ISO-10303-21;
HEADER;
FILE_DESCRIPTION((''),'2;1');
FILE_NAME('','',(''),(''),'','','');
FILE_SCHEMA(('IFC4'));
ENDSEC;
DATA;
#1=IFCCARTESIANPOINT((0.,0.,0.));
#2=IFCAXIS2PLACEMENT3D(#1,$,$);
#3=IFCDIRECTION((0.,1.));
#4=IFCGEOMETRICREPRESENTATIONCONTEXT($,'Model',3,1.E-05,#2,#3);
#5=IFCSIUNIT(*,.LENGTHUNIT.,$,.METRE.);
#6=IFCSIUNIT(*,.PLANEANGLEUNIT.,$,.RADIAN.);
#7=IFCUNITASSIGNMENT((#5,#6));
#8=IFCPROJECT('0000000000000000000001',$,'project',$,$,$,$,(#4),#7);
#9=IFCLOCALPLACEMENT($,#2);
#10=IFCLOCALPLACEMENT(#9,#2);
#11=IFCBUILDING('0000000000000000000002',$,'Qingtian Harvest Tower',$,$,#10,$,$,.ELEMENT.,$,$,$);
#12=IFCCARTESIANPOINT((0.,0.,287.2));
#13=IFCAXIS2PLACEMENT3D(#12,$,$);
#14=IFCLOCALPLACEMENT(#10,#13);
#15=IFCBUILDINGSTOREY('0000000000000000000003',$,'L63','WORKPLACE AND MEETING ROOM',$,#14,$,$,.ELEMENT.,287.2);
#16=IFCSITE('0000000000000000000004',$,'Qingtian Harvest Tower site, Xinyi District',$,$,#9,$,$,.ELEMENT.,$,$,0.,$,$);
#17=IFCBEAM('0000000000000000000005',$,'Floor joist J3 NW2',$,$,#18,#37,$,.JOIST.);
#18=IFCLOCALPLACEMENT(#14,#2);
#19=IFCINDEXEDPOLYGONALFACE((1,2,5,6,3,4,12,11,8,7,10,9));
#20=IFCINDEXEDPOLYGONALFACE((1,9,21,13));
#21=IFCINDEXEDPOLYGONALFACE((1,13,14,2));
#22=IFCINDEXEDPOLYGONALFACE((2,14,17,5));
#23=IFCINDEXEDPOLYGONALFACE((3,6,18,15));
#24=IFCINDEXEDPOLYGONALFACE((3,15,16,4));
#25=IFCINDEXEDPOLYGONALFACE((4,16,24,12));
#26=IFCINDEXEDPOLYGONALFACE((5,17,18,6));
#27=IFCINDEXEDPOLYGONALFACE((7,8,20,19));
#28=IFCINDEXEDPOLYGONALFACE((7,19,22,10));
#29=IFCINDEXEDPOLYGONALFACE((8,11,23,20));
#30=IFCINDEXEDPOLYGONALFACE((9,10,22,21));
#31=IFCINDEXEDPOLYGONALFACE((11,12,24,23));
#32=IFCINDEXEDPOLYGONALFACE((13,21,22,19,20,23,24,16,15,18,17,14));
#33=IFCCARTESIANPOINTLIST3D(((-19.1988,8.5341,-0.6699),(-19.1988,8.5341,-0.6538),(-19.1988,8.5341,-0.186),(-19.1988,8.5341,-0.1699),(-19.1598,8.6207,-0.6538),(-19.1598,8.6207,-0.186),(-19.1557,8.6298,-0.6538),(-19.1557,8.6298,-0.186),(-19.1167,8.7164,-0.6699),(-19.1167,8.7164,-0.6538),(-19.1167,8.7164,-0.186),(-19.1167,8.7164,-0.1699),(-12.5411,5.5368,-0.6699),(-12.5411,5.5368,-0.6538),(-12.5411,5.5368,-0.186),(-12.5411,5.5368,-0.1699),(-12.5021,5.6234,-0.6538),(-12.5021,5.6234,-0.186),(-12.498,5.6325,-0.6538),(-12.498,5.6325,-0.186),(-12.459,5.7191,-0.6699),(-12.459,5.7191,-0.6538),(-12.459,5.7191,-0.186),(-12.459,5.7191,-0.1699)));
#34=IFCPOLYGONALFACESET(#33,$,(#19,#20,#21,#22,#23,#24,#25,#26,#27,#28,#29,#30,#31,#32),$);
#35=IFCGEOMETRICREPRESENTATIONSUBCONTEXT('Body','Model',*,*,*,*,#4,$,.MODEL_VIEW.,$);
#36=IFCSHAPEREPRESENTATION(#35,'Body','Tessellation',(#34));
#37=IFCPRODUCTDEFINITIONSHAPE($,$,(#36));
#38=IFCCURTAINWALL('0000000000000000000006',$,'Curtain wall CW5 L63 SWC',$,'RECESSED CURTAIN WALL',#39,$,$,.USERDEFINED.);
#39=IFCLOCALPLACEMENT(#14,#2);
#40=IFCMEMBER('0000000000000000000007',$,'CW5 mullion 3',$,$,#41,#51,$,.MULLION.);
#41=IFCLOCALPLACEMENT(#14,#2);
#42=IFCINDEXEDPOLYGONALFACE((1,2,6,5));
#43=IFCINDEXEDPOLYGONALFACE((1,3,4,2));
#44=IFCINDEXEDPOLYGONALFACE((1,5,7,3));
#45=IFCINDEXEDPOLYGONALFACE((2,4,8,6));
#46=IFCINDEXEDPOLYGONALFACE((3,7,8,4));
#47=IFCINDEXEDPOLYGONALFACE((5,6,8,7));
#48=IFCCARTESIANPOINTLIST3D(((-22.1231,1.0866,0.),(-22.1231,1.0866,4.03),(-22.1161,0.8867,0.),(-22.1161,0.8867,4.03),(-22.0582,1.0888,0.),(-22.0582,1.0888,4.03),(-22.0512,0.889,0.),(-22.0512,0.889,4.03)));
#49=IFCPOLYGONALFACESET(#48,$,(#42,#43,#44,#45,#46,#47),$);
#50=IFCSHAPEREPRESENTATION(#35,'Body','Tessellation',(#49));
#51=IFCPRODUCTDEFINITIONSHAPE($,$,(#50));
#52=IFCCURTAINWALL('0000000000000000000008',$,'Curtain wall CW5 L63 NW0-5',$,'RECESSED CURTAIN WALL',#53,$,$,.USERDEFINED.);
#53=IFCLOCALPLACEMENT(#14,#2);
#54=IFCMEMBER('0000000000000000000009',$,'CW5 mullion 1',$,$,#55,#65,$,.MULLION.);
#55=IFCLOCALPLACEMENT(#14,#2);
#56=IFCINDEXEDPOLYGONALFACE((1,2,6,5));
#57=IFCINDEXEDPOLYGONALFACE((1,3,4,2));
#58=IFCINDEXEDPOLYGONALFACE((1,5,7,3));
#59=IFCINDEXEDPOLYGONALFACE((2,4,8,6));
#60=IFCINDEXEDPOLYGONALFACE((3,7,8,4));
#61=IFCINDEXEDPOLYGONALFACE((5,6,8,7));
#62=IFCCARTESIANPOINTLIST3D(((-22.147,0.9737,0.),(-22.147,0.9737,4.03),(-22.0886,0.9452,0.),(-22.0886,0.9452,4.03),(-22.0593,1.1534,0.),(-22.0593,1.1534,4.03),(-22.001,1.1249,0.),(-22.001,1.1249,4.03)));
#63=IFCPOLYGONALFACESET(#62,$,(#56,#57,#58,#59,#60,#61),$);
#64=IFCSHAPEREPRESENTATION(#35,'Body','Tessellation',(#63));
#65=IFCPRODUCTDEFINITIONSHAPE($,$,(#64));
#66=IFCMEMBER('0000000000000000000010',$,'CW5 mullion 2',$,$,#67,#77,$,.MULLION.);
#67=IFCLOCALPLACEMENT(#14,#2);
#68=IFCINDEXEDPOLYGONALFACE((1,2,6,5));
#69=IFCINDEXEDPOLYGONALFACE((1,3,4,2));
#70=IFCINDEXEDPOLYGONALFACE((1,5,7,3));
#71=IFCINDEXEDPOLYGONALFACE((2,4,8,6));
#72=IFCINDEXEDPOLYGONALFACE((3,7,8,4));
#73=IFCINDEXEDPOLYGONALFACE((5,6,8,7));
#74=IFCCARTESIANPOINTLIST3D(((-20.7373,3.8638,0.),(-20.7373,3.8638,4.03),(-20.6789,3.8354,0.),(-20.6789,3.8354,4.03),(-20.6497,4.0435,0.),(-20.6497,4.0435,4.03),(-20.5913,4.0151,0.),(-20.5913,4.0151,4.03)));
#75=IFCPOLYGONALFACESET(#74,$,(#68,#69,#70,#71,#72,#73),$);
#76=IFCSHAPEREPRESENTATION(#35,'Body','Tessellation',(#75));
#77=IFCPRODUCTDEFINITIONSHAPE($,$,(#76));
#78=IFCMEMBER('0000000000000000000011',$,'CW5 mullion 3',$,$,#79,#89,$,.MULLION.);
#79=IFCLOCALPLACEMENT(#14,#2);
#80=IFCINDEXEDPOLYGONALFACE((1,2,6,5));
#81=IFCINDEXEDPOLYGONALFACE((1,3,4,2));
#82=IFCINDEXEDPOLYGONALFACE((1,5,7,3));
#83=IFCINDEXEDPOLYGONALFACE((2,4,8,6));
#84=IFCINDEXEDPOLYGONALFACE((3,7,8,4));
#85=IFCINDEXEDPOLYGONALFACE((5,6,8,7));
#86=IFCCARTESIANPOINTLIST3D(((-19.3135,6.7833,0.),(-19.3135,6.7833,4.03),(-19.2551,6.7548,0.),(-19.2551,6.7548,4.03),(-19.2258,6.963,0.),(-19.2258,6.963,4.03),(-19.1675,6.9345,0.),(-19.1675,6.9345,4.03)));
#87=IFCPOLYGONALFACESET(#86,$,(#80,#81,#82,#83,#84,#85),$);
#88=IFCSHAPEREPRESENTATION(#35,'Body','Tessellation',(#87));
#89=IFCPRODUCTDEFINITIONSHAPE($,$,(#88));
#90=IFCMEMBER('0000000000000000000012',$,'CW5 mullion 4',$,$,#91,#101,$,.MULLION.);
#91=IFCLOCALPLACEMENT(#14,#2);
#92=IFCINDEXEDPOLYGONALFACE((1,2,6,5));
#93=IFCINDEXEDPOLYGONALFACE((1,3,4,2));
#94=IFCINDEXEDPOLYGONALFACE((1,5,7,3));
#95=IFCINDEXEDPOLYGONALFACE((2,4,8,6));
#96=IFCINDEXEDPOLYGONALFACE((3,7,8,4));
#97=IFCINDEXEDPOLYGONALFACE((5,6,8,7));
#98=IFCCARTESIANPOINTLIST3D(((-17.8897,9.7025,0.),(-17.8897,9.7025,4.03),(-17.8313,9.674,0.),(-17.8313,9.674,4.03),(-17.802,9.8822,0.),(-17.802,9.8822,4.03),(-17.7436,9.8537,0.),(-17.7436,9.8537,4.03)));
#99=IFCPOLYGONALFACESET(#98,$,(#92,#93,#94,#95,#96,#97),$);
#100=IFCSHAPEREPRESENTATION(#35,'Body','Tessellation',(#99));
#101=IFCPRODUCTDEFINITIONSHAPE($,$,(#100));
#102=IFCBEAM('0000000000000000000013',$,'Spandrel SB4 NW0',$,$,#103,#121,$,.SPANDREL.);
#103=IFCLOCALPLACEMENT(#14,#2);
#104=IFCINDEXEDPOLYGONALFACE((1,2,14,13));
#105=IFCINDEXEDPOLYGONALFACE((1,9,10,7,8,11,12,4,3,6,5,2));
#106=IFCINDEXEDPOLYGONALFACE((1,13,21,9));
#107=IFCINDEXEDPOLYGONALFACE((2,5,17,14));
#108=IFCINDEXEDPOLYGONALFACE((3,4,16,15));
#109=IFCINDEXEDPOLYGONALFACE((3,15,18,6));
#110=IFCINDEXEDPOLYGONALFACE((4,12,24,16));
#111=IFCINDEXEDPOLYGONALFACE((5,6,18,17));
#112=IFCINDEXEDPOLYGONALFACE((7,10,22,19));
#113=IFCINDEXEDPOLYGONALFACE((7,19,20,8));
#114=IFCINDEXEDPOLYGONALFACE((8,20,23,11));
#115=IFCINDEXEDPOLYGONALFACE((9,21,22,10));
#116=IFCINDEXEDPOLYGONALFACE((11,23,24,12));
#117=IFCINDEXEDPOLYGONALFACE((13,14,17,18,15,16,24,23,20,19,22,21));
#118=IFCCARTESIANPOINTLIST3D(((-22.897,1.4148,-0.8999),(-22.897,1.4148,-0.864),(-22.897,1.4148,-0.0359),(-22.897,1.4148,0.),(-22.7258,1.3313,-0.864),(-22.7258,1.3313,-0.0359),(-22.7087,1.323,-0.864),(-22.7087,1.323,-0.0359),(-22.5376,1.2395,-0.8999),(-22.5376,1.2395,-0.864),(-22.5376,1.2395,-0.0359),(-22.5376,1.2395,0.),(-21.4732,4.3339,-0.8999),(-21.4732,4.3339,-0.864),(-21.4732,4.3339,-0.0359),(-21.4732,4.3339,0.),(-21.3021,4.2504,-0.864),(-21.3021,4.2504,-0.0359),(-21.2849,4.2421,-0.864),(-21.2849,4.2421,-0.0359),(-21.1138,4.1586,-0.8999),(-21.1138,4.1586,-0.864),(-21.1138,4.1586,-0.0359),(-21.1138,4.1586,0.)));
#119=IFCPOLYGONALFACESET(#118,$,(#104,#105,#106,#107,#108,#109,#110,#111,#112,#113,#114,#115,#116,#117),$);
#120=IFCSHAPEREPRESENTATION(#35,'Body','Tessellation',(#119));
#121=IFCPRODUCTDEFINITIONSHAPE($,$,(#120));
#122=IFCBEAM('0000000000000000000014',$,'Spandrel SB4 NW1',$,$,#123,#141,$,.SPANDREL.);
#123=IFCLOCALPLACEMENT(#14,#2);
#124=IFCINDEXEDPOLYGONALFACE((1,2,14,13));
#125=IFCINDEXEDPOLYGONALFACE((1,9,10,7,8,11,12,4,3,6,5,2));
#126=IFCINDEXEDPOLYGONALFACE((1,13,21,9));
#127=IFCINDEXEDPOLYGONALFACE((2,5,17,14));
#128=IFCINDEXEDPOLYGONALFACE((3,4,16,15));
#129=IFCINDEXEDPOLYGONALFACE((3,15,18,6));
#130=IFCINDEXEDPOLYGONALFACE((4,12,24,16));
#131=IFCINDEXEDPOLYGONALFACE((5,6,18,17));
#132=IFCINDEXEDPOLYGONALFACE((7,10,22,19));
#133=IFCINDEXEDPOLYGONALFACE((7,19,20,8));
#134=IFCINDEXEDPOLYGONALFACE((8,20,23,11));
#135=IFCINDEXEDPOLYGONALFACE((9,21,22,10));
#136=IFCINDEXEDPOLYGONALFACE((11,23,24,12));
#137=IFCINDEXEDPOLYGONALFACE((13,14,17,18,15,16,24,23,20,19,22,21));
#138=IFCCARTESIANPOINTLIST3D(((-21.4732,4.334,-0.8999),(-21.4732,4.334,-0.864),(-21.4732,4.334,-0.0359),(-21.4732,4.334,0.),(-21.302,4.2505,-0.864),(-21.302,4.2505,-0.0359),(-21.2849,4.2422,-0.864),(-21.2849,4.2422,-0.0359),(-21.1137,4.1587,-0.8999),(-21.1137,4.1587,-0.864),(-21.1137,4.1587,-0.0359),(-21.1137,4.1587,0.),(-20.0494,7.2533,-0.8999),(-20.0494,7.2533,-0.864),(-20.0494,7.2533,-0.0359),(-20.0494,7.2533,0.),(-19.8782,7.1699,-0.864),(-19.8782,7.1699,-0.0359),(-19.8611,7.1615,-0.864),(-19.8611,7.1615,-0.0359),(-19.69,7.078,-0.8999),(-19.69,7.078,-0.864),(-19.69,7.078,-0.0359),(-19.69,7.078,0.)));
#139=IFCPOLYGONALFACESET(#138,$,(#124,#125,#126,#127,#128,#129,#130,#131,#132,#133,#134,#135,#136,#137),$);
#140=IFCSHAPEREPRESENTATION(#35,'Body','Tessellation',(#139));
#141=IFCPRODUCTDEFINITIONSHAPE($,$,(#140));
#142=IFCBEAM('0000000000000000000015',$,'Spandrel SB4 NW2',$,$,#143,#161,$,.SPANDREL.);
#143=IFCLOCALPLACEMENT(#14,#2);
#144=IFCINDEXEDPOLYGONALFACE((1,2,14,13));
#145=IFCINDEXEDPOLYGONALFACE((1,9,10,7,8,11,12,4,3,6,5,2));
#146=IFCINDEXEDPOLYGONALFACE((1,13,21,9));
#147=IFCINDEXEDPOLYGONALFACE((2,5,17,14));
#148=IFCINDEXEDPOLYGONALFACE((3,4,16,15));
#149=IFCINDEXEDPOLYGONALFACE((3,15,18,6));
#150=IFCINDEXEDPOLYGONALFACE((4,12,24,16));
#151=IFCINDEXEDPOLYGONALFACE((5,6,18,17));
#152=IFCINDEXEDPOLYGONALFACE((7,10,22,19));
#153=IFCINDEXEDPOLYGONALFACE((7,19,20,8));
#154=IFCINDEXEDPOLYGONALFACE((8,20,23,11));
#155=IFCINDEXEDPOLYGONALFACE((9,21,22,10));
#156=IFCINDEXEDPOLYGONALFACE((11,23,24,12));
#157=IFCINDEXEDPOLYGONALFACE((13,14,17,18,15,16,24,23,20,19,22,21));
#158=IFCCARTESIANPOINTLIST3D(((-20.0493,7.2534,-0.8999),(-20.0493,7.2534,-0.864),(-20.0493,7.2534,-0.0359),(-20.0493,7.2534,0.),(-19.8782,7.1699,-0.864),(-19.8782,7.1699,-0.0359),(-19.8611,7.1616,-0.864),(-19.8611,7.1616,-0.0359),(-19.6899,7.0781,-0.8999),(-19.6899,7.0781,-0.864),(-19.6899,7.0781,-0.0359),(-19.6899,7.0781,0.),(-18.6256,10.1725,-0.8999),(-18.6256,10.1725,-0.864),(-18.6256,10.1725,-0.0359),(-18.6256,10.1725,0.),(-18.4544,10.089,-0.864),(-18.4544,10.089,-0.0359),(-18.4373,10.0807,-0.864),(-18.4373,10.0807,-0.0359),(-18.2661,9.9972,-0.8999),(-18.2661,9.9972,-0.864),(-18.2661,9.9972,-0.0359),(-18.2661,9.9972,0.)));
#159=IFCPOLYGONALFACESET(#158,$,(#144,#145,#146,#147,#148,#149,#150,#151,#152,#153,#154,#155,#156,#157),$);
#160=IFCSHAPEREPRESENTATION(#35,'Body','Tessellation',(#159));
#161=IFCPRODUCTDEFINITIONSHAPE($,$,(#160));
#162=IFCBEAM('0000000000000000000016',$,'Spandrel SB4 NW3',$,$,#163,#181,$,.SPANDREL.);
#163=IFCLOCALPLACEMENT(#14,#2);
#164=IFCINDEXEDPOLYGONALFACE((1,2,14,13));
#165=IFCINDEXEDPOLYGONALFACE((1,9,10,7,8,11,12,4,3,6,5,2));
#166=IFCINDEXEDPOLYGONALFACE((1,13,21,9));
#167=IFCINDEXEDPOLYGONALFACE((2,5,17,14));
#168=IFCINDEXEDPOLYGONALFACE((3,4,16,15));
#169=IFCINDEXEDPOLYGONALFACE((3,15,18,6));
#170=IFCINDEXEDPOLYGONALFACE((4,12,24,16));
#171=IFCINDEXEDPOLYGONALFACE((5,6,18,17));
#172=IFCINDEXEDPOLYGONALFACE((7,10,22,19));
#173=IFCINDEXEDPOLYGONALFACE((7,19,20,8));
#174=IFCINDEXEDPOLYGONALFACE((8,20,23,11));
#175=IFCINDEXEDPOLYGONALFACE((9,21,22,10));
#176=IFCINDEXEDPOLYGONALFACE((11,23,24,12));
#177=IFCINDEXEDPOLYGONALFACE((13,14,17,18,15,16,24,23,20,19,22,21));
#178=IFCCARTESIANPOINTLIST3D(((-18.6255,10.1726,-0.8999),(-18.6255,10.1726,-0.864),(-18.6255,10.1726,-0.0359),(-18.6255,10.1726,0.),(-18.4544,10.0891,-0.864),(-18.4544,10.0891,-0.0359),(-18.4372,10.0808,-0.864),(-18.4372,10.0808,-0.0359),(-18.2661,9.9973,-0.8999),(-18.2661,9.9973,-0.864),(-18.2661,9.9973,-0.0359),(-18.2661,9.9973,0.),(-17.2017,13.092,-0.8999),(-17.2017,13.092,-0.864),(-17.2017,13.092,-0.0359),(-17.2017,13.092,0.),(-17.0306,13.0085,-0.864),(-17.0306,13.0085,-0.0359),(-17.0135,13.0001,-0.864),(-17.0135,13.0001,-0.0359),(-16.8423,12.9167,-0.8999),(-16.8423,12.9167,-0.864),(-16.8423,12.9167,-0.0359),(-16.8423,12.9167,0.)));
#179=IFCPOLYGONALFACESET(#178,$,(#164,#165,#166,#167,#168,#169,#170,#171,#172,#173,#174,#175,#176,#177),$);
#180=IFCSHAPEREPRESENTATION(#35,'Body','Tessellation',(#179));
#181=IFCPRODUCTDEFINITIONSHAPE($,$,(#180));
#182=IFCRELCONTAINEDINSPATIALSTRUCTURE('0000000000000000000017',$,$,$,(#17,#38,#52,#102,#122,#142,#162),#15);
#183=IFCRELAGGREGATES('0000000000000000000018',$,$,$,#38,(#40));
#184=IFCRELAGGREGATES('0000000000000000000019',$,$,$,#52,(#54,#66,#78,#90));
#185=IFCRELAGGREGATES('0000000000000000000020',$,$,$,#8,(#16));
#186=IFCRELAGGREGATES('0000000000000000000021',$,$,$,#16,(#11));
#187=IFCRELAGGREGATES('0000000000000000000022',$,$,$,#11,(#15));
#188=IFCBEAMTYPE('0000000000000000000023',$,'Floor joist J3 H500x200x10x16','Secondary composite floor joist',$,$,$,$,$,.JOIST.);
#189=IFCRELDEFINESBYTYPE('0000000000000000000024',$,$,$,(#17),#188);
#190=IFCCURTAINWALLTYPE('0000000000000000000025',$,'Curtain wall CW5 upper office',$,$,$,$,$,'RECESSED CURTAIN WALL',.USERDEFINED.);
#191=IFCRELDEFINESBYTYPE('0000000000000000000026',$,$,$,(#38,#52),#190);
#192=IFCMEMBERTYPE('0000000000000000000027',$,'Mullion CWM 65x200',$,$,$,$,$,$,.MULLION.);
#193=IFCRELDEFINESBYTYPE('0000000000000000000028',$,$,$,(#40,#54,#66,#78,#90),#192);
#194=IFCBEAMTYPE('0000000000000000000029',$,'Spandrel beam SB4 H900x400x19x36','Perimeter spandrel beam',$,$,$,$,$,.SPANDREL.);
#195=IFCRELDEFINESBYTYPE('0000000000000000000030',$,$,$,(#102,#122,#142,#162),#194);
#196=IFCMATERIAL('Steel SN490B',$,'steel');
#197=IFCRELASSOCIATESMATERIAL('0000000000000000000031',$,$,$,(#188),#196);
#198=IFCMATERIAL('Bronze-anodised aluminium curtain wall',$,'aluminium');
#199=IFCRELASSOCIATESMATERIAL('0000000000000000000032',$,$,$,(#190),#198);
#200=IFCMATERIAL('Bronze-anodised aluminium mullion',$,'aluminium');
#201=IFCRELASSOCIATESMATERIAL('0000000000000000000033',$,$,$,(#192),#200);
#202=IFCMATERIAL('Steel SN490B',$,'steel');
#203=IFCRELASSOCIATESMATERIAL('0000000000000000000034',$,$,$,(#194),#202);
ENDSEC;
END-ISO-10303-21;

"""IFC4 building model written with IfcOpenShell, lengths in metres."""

from ifc_helpers import new_model, si_unit, direction, frame, origin, origin_2d, place, context, subcontext, project, spatial, rectangle, i_section, extrude, material, material_profile, profile_set, type_object, element, aggregate, save


model = new_model("IFC4")

# Units and contexts
model_context = context("Model", 3, precision=1e-05, world=origin(), true_north=direction((0.0, 1.0)))
body_context = subcontext(model_context, "Body", "Model", "MODEL_VIEW")
ifc_project = project(units=[si_unit("LENGTHUNIT", "METRE"), si_unit("PLANEANGLEUNIT", "RADIAN")], contexts=[model_context])

# Site, building, storey
site_placement = place(None, origin())
site = spatial("IfcSite", under=ifc_project, at=site_placement, Name="Qingtian Harvest Tower site, Xinyi District", CompositionType="ELEMENT", RefElevation=0.0)
building_placement = place(site_placement, origin())
building = spatial("IfcBuilding", under=site, at=building_placement, Name="Qingtian Harvest Tower", CompositionType="ELEMENT")
storey_placement = place(building_placement, frame((0.0, 0.0, 287.2)))
storey = spatial("IfcBuildingStorey", under=building, at=storey_placement, Name="L63", Description="WORKPLACE AND MEETING ROOM", CompositionType="ELEMENT", Elevation=287.2)

# Beam
ifc_material_1 = material(Name="Steel SN490B", Category="steel")
ifc_material_profile_1 = material_profile(ifc_material_1, i_section(OverallWidth=0.2, OverallDepth=0.5, WebThickness=0.01, FlangeThickness=0.0161, at=origin_2d()), Name="H500x200x10x16")
ifc_profile_set_1 = profile_set([ifc_material_profile_1], Name="Steel SN490B")
beam_type_1 = type_object("IfcBeamType", Name="Floor joist J3 H500x200x10x16", Description="Secondary composite floor joist", PredefinedType="JOIST", material=ifc_profile_set_1)
beam_1_placement = place(storey_placement, frame((-19.1577, 8.6252, -0.4199), z_axis=(0.911853, -0.410518, 0.0), x_axis=(0.410518, 0.911853, 0.0)))
element("IfcBeam", 1, at=beam_1_placement, inside=storey, type_object=beam_type_1, Name="Floor joist J3 NW2", PredefinedType="JOIST", context=body_context, shape_type="SweptSolid", body=[
    extrude(i_section(OverallWidth=0.2, OverallDepth=0.5, WebThickness=0.01, FlangeThickness=0.0161, at=origin_2d()), origin(), (0.0, 0.0, 1.0), 7.3013),
])

# Curtain wall, member
ifc_material_2 = material(Name="Bronze-anodised aluminium curtain wall", Category="aluminium")
curtain_wall_type = type_object("IfcCurtainWallType", Name="Curtain wall CW5 upper office", ElementType="RECESSED CURTAIN WALL", PredefinedType="USERDEFINED", material=ifc_material_2)
curtain_wall_1_placement = place(storey_placement, origin())
curtain_wall_1 = element("IfcCurtainWall", 2, at=curtain_wall_1_placement, inside=storey, type_object=curtain_wall_type, Name="Curtain wall CW5 L63 SWC", ObjectType="RECESSED CURTAIN WALL", PredefinedType="USERDEFINED")
ifc_material_3 = material(Name="Bronze-anodised aluminium mullion", Category="aluminium")
ifc_material_profile_2 = material_profile(ifc_material_3, rectangle(XDim=0.0649, YDim=0.2, at=origin_2d()), Name="AL 65x200")
ifc_profile_set_2 = profile_set([ifc_material_profile_2], Name="Bronze-anodised aluminium mullion")
member_type_1 = type_object("IfcMemberType", Name="Mullion CWM 65x200", PredefinedType="MULLION", material=ifc_profile_set_2)
member_1_placement = place(storey_placement, frame((-22.0872, 0.9878, 0.0), z_axis=(0.0, 0.0, 1.0), x_axis=(-0.999391, -0.034899, 0.0)))
member_1 = element("IfcMember", 3, at=member_1_placement, type_object=member_type_1, Name="CW5 mullion 3", PredefinedType="MULLION", context=body_context, shape_type="SweptSolid", body=[
    extrude(rectangle(XDim=0.0649, YDim=0.2, at=origin_2d()), origin(), (0.0, 0.0, 1.0), 4.03),
])

# Curtain wall, members
curtain_wall_2_placement = place(storey_placement, origin())
curtain_wall_2 = element("IfcCurtainWall", 4, at=curtain_wall_2_placement, inside=storey, type_object=curtain_wall_type, Name="Curtain wall CW5 L63 NW0-5", ObjectType="RECESSED CURTAIN WALL", PredefinedType="USERDEFINED")
member_2_placement = place(storey_placement, frame((-22.074, 1.0493, 0.0), z_axis=(0.0, 0.0, 1.0), x_axis=(-0.898794, 0.438371, 0.0)))
member_2 = element("IfcMember", 5, at=member_2_placement, type_object=member_type_1, Name="CW5 mullion 1", PredefinedType="MULLION", context=body_context, shape_type="SweptSolid", body=[
    extrude(rectangle(XDim=0.0649, YDim=0.2, at=origin_2d()), origin(), (0.0, 0.0, 1.0), 4.03),
])
member_3_placement = place(storey_placement, frame((-20.6643, 3.9395, 0.0), z_axis=(0.0, 0.0, 1.0), x_axis=(-0.898794, 0.438371, 0.0)))
member_3 = element("IfcMember", 6, at=member_3_placement, type_object=member_type_1, Name="CW5 mullion 2", PredefinedType="MULLION", context=body_context, shape_type="SweptSolid", body=[
    extrude(rectangle(XDim=0.0649, YDim=0.2, at=origin_2d()), origin(), (0.0, 0.0, 1.0), 4.03),
])
member_4_placement = place(storey_placement, frame((-19.2405, 6.8589, 0.0), z_axis=(0.0, 0.0, 1.0), x_axis=(-0.898794, 0.438371, 0.0)))
member_4 = element("IfcMember", 7, at=member_4_placement, type_object=member_type_1, Name="CW5 mullion 3", PredefinedType="MULLION", context=body_context, shape_type="SweptSolid", body=[
    extrude(rectangle(XDim=0.0649, YDim=0.2, at=origin_2d()), origin(), (0.0, 0.0, 1.0), 4.03),
])
member_5_placement = place(storey_placement, frame((-17.8167, 9.7781, 0.0), z_axis=(0.0, 0.0, 1.0), x_axis=(-0.898794, 0.438371, 0.0)))
member_5 = element("IfcMember", 8, at=member_5_placement, type_object=member_type_1, Name="CW5 mullion 4", PredefinedType="MULLION", context=body_context, shape_type="SweptSolid", body=[
    extrude(rectangle(XDim=0.0649, YDim=0.2, at=origin_2d()), origin(), (0.0, 0.0, 1.0), 4.03),
])

# Beams
ifc_material_4 = material(Name="Steel SN490B", Category="steel")
ifc_material_profile_3 = material_profile(ifc_material_4, i_section(OverallWidth=0.3999, OverallDepth=0.8999, WebThickness=0.019, FlangeThickness=0.0359, at=origin_2d()), Name="H900x400x19x36")
ifc_profile_set_3 = profile_set([ifc_material_profile_3], Name="Steel SN490B")
beam_type_2 = type_object("IfcBeamType", Name="Spandrel beam SB4 H900x400x19x36", Description="Perimeter spandrel beam", PredefinedType="SPANDREL", material=ifc_profile_set_3)
beam_2_placement = place(storey_placement, frame((-22.7173, 1.3271, -0.45), z_axis=(0.438382, 0.898789, 0.0), x_axis=(-0.898789, 0.438382, 0.0)))
element("IfcBeam", 9, at=beam_2_placement, inside=storey, type_object=beam_type_2, Name="Spandrel SB4 NW0", PredefinedType="SPANDREL", context=body_context, shape_type="SweptSolid", body=[
    extrude(i_section(OverallWidth=0.3999, OverallDepth=0.8999, WebThickness=0.019, FlangeThickness=0.0359, at=origin_2d()), origin(), (0.0, 0.0, 1.0), 3.2478),
])
beam_3_placement = place(storey_placement, frame((-21.2935, 4.2463, -0.45), z_axis=(0.438353, 0.898803, 0.0), x_axis=(-0.898803, 0.438353, 0.0)))
element("IfcBeam", 10, at=beam_3_placement, inside=storey, type_object=beam_type_2, Name="Spandrel SB4 NW1", PredefinedType="SPANDREL", context=body_context, shape_type="SweptSolid", body=[
    extrude(i_section(OverallWidth=0.3999, OverallDepth=0.8999, WebThickness=0.019, FlangeThickness=0.0359, at=origin_2d()), origin(), (0.0, 0.0, 1.0), 3.248),
])
beam_4_placement = place(storey_placement, frame((-19.8696, 7.1658, -0.45), z_axis=(0.438382, 0.898789, 0.0), x_axis=(-0.898789, 0.438382, 0.0)))
element("IfcBeam", 11, at=beam_4_placement, inside=storey, type_object=beam_type_2, Name="Spandrel SB4 NW2", PredefinedType="SPANDREL", context=body_context, shape_type="SweptSolid", body=[
    extrude(i_section(OverallWidth=0.3999, OverallDepth=0.8999, WebThickness=0.019, FlangeThickness=0.0359, at=origin_2d()), origin(), (0.0, 0.0, 1.0), 3.2478),
])
beam_5_placement = place(storey_placement, frame((-18.4458, 10.085, -0.45), z_axis=(0.438353, 0.898803, 0.0), x_axis=(-0.898803, 0.438353, 0.0)))
element("IfcBeam", 12, at=beam_5_placement, inside=storey, type_object=beam_type_2, Name="Spandrel SB4 NW3", PredefinedType="SPANDREL", context=body_context, shape_type="SweptSolid", body=[
    extrude(i_section(OverallWidth=0.3999, OverallDepth=0.8999, WebThickness=0.019, FlangeThickness=0.0359, at=origin_2d()), origin(), (0.0, 0.0, 1.0), 3.248),
])

aggregate(curtain_wall_1, [member_1])
aggregate(curtain_wall_2, [member_2, member_3, member_4, member_5])

save(model, "model.ifc")
